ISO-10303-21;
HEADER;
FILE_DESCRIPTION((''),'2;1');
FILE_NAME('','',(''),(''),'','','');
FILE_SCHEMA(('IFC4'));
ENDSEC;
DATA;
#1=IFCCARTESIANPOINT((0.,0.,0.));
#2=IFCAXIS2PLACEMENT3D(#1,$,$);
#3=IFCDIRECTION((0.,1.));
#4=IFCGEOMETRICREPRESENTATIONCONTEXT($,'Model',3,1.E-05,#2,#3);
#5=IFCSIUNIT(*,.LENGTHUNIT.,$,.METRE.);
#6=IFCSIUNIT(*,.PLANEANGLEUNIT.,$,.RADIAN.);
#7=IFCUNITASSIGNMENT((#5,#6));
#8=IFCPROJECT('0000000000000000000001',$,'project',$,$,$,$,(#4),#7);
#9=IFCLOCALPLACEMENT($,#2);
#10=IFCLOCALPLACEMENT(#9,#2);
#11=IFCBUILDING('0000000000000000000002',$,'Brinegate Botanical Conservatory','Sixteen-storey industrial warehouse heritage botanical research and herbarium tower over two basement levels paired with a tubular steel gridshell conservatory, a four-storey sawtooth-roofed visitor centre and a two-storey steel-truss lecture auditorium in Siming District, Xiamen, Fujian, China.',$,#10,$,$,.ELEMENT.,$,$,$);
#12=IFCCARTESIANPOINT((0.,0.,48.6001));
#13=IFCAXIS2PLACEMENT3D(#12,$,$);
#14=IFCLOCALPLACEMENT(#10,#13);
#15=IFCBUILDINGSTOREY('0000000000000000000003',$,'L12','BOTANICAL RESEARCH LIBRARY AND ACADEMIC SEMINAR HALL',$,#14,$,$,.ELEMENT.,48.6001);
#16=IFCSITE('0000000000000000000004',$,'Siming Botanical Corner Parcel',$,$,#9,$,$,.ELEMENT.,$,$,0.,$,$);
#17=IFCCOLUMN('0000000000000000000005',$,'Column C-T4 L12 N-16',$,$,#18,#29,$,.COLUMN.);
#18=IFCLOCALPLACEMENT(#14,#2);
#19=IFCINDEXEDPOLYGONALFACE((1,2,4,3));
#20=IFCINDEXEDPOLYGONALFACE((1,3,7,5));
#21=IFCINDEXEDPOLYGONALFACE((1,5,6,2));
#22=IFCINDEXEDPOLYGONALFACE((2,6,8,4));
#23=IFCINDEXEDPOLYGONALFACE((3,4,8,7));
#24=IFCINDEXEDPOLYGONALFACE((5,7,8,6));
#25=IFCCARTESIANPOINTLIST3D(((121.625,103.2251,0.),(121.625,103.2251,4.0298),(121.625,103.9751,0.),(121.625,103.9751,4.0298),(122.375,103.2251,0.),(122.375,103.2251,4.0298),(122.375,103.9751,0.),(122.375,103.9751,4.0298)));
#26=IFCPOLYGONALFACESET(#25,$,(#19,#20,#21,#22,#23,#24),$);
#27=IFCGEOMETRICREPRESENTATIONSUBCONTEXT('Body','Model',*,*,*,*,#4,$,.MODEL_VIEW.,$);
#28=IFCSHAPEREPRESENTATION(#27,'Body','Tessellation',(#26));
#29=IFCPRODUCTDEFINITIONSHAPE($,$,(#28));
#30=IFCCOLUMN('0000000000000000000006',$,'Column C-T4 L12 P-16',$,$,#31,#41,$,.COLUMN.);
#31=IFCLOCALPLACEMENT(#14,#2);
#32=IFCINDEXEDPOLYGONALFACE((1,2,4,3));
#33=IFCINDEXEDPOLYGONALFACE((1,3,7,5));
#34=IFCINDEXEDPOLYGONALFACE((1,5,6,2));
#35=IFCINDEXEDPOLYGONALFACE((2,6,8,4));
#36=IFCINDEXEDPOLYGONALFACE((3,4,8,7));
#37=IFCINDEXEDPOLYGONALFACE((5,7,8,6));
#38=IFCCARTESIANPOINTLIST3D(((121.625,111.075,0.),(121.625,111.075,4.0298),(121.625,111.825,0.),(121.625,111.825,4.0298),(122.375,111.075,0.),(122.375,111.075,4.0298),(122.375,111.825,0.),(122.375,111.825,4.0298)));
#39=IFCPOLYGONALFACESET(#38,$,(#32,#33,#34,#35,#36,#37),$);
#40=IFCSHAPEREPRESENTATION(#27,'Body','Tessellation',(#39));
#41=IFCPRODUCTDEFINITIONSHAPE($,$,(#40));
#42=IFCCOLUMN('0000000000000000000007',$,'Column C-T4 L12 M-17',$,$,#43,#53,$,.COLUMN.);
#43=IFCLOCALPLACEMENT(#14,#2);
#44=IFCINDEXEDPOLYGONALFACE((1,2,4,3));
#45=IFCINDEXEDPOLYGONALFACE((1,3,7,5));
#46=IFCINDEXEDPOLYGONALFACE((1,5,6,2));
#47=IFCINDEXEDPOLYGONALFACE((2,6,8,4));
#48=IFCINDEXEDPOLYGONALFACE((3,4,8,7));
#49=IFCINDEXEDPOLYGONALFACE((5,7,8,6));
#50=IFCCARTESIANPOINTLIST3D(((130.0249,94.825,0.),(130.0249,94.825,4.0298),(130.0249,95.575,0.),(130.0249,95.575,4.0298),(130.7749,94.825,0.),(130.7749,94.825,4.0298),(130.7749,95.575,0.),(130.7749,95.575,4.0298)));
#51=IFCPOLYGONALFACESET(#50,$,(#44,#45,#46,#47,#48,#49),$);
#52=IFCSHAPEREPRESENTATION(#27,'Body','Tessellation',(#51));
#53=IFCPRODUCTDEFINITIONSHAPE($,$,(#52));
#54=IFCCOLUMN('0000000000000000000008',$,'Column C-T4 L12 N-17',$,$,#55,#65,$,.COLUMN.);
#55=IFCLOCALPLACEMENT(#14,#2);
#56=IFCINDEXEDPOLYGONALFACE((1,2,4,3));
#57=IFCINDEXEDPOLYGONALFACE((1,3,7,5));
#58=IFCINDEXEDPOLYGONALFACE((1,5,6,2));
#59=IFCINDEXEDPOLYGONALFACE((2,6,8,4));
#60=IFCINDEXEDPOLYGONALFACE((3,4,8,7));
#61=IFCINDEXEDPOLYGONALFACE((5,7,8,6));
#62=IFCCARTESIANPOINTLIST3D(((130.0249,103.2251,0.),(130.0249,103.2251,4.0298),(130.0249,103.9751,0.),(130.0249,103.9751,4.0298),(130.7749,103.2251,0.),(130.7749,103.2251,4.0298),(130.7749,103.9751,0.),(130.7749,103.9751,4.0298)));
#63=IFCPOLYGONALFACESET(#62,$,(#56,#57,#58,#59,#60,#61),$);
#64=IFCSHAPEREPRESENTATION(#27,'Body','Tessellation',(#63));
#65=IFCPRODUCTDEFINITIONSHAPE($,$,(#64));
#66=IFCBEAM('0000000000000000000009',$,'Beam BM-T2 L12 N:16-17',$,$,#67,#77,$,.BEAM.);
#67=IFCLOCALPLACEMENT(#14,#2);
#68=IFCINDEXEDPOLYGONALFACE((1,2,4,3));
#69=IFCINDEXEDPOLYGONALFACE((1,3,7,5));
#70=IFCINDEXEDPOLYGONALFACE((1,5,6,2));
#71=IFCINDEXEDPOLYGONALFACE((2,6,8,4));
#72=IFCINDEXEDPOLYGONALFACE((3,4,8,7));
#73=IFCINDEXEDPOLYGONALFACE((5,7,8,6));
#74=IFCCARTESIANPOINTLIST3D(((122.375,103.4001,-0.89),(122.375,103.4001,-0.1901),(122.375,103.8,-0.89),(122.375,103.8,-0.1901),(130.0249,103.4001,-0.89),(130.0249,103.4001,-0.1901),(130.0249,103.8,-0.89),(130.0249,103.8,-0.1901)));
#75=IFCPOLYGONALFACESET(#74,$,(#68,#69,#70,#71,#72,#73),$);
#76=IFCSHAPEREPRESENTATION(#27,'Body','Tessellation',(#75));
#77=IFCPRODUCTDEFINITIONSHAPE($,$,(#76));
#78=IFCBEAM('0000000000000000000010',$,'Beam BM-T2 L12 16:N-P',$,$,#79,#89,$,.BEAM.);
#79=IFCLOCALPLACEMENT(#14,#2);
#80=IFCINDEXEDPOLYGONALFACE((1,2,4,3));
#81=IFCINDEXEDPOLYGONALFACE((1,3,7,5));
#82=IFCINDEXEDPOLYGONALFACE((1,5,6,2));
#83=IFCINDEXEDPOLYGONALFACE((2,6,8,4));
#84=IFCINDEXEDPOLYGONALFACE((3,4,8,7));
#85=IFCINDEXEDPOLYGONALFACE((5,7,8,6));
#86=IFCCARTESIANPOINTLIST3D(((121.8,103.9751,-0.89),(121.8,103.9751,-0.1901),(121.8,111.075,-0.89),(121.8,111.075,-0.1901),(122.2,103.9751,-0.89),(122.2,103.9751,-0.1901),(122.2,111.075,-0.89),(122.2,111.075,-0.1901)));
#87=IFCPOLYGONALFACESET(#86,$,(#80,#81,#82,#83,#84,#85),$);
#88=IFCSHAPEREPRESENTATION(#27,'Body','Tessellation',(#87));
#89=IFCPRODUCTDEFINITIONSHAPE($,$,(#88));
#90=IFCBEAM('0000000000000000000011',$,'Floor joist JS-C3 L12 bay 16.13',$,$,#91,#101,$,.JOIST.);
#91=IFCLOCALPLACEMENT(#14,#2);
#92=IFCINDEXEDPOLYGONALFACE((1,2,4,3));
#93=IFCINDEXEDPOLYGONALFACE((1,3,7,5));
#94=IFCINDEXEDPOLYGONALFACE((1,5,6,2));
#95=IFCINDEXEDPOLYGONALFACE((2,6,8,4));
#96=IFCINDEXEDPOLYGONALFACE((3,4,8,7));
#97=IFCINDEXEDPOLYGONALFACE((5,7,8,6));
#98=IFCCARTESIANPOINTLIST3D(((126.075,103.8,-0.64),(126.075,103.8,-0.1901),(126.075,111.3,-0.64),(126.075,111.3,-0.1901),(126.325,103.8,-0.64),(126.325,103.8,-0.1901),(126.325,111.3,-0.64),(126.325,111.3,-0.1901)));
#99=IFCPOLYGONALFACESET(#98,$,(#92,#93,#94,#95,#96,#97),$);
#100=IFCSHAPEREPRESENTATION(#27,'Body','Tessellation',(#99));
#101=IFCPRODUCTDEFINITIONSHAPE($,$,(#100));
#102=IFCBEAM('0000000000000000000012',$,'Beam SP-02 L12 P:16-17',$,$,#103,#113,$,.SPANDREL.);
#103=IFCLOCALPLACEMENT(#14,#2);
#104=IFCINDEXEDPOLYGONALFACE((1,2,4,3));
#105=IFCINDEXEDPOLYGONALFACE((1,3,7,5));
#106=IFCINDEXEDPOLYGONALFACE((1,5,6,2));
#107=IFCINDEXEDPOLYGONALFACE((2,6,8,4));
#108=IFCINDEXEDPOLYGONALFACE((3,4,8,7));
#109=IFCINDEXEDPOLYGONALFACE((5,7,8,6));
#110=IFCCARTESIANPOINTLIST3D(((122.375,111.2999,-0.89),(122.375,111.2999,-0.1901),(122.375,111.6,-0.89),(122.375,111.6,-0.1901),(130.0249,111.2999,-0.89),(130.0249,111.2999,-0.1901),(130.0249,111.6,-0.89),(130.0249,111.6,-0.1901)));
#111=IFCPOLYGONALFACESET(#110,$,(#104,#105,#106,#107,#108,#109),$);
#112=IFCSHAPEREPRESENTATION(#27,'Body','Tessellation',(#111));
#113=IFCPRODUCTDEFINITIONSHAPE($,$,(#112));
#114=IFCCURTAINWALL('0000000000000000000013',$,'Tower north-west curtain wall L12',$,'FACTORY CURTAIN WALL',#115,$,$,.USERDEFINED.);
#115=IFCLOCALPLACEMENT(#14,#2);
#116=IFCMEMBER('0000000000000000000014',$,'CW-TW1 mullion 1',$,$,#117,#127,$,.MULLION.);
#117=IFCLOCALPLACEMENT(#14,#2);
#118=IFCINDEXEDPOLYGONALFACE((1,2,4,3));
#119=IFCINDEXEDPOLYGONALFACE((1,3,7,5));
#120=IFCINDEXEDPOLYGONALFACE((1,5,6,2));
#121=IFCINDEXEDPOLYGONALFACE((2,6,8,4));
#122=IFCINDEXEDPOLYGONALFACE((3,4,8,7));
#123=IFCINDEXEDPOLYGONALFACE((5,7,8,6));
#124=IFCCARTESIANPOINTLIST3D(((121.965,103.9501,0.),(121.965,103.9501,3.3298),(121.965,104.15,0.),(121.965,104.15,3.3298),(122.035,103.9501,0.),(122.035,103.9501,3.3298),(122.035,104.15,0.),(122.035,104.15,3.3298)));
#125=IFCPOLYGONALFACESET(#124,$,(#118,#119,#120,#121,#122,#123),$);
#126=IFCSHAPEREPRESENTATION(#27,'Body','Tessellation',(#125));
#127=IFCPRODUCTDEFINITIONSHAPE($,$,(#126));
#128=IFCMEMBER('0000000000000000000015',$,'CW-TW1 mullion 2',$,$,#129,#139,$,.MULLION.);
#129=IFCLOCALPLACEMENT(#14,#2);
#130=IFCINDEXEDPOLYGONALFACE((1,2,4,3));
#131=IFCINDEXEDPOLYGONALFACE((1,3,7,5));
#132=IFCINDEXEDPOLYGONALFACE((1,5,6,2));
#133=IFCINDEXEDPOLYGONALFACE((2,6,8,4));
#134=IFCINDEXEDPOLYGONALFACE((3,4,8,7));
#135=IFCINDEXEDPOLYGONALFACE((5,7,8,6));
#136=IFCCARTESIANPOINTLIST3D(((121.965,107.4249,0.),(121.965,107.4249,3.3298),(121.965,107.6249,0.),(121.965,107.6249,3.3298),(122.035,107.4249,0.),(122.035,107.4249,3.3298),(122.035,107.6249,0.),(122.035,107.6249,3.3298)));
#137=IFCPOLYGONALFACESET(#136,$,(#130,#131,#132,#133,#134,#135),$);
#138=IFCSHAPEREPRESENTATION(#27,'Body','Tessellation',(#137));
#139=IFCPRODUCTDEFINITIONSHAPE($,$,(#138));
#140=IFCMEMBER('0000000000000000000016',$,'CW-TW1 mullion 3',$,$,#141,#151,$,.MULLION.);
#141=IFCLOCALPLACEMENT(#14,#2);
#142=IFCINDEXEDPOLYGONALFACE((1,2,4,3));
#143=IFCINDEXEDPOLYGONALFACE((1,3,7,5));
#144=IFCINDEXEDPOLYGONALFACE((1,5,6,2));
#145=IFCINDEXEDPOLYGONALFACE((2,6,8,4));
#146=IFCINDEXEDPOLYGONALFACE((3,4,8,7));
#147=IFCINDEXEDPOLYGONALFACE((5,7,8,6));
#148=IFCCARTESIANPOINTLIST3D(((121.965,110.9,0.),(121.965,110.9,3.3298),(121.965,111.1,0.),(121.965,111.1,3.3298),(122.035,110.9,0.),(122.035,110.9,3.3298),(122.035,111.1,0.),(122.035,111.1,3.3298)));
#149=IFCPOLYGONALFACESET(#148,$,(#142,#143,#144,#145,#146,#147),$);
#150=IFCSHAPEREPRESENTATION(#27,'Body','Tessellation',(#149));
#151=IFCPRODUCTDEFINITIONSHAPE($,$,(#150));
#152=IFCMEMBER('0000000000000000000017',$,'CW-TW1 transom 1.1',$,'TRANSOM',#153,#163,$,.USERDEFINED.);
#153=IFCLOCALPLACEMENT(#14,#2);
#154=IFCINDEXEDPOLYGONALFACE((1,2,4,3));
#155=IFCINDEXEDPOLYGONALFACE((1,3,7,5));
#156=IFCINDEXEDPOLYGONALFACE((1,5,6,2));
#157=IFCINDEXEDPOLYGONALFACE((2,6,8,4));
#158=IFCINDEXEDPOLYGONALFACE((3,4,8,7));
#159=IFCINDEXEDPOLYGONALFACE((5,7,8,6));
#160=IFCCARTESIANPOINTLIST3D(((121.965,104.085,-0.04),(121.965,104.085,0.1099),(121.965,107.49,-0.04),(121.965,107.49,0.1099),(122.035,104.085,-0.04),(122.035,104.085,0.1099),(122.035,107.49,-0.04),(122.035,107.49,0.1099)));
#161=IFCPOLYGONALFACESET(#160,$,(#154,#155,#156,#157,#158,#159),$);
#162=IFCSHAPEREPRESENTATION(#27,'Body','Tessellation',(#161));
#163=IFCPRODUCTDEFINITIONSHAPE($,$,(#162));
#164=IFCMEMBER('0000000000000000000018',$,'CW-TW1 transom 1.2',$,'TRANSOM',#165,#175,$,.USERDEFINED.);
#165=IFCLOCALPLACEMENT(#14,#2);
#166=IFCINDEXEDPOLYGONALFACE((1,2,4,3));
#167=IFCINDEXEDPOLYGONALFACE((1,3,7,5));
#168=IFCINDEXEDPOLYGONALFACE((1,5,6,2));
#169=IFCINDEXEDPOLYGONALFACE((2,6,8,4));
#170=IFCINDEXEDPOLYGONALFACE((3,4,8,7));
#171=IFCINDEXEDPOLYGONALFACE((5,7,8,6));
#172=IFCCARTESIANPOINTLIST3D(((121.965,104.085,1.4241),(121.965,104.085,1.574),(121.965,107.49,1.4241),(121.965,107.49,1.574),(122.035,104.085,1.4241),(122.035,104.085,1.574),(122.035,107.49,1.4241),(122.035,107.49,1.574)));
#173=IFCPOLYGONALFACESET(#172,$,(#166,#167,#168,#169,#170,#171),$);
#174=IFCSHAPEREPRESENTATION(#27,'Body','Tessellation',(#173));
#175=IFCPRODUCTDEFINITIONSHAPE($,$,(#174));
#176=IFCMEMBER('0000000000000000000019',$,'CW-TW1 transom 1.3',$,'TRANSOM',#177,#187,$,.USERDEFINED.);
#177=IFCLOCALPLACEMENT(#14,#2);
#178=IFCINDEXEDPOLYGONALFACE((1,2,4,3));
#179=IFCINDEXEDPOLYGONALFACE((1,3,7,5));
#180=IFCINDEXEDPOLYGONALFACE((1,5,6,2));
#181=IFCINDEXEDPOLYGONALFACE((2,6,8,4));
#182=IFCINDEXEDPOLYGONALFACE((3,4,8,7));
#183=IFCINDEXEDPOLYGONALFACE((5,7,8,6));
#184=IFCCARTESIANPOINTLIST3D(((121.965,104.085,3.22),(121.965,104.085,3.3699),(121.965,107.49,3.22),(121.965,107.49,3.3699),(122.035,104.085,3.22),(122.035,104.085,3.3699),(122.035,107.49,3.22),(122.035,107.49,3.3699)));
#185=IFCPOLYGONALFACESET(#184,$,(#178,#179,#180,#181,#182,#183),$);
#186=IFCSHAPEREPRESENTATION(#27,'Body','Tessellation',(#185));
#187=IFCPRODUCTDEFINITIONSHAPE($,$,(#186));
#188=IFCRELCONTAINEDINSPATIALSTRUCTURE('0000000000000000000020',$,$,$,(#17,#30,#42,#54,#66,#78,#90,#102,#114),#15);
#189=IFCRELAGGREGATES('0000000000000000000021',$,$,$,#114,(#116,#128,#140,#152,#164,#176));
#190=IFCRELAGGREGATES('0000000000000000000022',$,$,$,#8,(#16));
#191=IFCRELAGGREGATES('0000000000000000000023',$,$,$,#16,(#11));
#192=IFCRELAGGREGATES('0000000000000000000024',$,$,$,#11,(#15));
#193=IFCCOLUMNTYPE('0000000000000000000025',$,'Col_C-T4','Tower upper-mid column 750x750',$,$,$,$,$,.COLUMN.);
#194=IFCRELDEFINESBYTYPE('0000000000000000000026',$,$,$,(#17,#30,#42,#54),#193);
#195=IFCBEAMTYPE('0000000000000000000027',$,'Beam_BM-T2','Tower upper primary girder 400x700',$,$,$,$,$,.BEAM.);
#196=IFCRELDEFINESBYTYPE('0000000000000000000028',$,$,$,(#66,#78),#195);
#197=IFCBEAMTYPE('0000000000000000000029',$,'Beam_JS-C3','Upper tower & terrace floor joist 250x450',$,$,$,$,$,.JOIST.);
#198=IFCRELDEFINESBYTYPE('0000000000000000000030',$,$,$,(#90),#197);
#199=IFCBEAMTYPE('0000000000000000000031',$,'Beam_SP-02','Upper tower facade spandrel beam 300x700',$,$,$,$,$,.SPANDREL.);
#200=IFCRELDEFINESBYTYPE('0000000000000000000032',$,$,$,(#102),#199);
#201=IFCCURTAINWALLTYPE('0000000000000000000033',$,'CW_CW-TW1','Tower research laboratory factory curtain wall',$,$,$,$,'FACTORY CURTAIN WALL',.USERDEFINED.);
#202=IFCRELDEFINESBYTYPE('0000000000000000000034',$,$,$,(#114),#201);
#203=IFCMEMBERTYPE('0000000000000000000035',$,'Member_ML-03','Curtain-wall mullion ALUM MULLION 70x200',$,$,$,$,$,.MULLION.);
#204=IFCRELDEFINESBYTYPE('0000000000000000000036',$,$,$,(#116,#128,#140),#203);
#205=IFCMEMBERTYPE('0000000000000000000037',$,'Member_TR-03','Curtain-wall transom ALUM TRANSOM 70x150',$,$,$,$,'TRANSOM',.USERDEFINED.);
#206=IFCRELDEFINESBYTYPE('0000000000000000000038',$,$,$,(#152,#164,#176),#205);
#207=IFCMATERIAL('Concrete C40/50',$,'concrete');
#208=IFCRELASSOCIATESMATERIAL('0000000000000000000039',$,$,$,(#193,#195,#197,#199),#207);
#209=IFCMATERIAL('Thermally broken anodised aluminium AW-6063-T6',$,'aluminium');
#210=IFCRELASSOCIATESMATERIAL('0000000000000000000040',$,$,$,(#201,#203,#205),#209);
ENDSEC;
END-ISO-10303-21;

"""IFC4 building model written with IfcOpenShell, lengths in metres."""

from ifc_helpers import new_model, si_unit, direction, frame, origin, origin_2d, place, context, subcontext, project, spatial, rectangle, extrude, material, material_profile, profile_set, type_object, element, aggregate, save


model = new_model("IFC4")

# Units and contexts
model_context = context("Model", 3, precision=1e-05, world=origin(), true_north=direction((0.0, 1.0)))
body_context = subcontext(model_context, "Body", "Model", "MODEL_VIEW")
ifc_project = project(units=[si_unit("LENGTHUNIT", "METRE"), si_unit("PLANEANGLEUNIT", "RADIAN")], contexts=[model_context])

# Site, building, storey
site_placement = place(None, origin())
site = spatial("IfcSite", under=ifc_project, at=site_placement, Name="Siming Botanical Corner Parcel", CompositionType="ELEMENT", RefElevation=0.0)
building_placement = place(site_placement, origin())
building = spatial("IfcBuilding", under=site, at=building_placement, Name="Brinegate Botanical Conservatory", Description="Sixteen-storey industrial warehouse heritage botanical research and herbarium tower over two basement levels paired with a tubular steel gridshell conservatory, a four-storey sawtooth-roofed visitor centre and a two-storey steel-truss lecture auditorium in Siming District, Xiamen, Fujian, China.", CompositionType="ELEMENT")
storey_placement = place(building_placement, frame((0.0, 0.0, 48.6001)))
storey = spatial("IfcBuildingStorey", under=building, at=storey_placement, Name="L12", Description="BOTANICAL RESEARCH LIBRARY AND ACADEMIC SEMINAR HALL", CompositionType="ELEMENT", Elevation=48.6001)

# Columns
ifc_material_1 = material(Name="Concrete C40/50", Category="concrete")
ifc_material_profile_1 = material_profile(ifc_material_1, rectangle(XDim=0.75, YDim=0.75, at=origin_2d()), Name="RC COL 750x750")
ifc_profile_set_1 = profile_set([ifc_material_profile_1], Name="Concrete C40/50")
column_type = type_object("IfcColumnType", Name="Col_C-T4", Description="Tower upper-mid column 750x750", PredefinedType="COLUMN", material=ifc_profile_set_1)
for number, where, z_axis, x_axis, name in (
    (1, (122.0, 103.6001, 0.0), (0.0, 0.0, 1.0), (1.0, 0.0, 0.0), "Column C-T4 L12 N-16"),
    (2, (122.0, 111.45, 0.0), (0.0, 0.0, 1.0), (1.0, 0.0, 0.0), "Column C-T4 L12 P-16"),
    (3, (130.3999, 95.2, 0.0), (0.0, 0.0, 1.0), (1.0, 0.0, 0.0), "Column C-T4 L12 M-17"),
    (4, (130.3999, 103.6001, 0.0), (0.0, 0.0, 1.0), (1.0, 0.0, 0.0), "Column C-T4 L12 N-17"),
):
    element("IfcColumn", number, at=place(storey_placement, frame(where, z_axis=z_axis, x_axis=x_axis)), inside=storey, type_object=column_type, Name=name, PredefinedType="COLUMN", context=body_context, shape_type="SweptSolid", body=[
        extrude(rectangle(XDim=0.75, YDim=0.75, at=origin_2d()), origin(), (0.0, 0.0, 1.0), 4.0298),
    ])

# Beams
ifc_material_profile_2 = material_profile(ifc_material_1, rectangle(XDim=0.3999, YDim=0.7, at=origin_2d()), Name="RC BM 400x700")
ifc_profile_set_2 = profile_set([ifc_material_profile_2], Name="Concrete C40/50")
beam_type_1 = type_object("IfcBeamType", Name="Beam_BM-T2", Description="Tower upper primary girder 400x700", PredefinedType="BEAM", material=ifc_profile_set_2)
beam_1_placement = place(storey_placement, frame((122.375, 103.6001, -0.54), z_axis=(1.0, 0.0, 0.0), x_axis=(0.0, 1.0, 0.0)))
element("IfcBeam", 5, at=beam_1_placement, inside=storey, type_object=beam_type_1, Name="Beam BM-T2 L12 N:16-17", PredefinedType="BEAM", context=body_context, shape_type="SweptSolid", body=[
    extrude(rectangle(XDim=0.3999, YDim=0.7, at=origin_2d()), origin(), (0.0, 0.0, 1.0), 7.6499),
])
beam_2_placement = place(storey_placement, frame((122.0, 103.9751, -0.54), z_axis=(0.0, 1.0, 0.0), x_axis=(-1.0, 0.0, 0.0)))
element("IfcBeam", 6, at=beam_2_placement, inside=storey, type_object=beam_type_1, Name="Beam BM-T2 L12 16:N-P", PredefinedType="BEAM", context=body_context, shape_type="SweptSolid", body=[
    extrude(rectangle(XDim=0.3999, YDim=0.7, at=origin_2d()), origin(), (0.0, 0.0, 1.0), 7.0999),
])
ifc_material_profile_3 = material_profile(ifc_material_1, rectangle(XDim=0.25, YDim=0.45, at=origin_2d()), Name="RC JST 250x450")
ifc_profile_set_3 = profile_set([ifc_material_profile_3], Name="Concrete C40/50")
beam_type_2 = type_object("IfcBeamType", Name="Beam_JS-C3", Description="Upper tower & terrace floor joist 250x450", PredefinedType="JOIST", material=ifc_profile_set_3)
beam_3_placement = place(storey_placement, frame((126.2, 103.8, -0.415), z_axis=(0.0, 1.0, 0.0), x_axis=(-1.0, 0.0, 0.0)))
element("IfcBeam", 7, at=beam_3_placement, inside=storey, type_object=beam_type_2, Name="Floor joist JS-C3 L12 bay 16.13", PredefinedType="JOIST", context=body_context, shape_type="SweptSolid", body=[
    extrude(rectangle(XDim=0.25, YDim=0.45, at=origin_2d()), origin(), (0.0, 0.0, 1.0), 7.5),
])
ifc_material_profile_4 = material_profile(ifc_material_1, rectangle(XDim=0.3, YDim=0.7, at=origin_2d()), Name="RC SPN 300x700")
ifc_profile_set_4 = profile_set([ifc_material_profile_4], Name="Concrete C40/50")
beam_type_3 = type_object("IfcBeamType", Name="Beam_SP-02", Description="Upper tower facade spandrel beam 300x700", PredefinedType="SPANDREL", material=ifc_profile_set_4)
beam_4_placement = place(storey_placement, frame((122.375, 111.45, -0.54), z_axis=(1.0, 0.0, 0.0), x_axis=(0.0, 1.0, 0.0)))
element("IfcBeam", 8, at=beam_4_placement, inside=storey, type_object=beam_type_3, Name="Beam SP-02 L12 P:16-17", PredefinedType="SPANDREL", context=body_context, shape_type="SweptSolid", body=[
    extrude(rectangle(XDim=0.3, YDim=0.7, at=origin_2d()), origin(), (0.0, 0.0, 1.0), 7.6499),
])

# Curtain wall, members
ifc_material_2 = material(Name="Thermally broken anodised aluminium AW-6063-T6", Category="aluminium")
curtain_wall_type = type_object("IfcCurtainWallType", Name="CW_CW-TW1", Description="Tower research laboratory factory curtain wall", ElementType="FACTORY CURTAIN WALL", PredefinedType="USERDEFINED", material=ifc_material_2)
curtain_wall_placement = place(storey_placement, origin())
curtain_wall = element("IfcCurtainWall", 9, at=curtain_wall_placement, inside=storey, type_object=curtain_wall_type, Name="Tower north-west curtain wall L12", ObjectType="FACTORY CURTAIN WALL", PredefinedType="USERDEFINED")
ifc_material_profile_5 = material_profile(ifc_material_2, rectangle(XDim=0.0701, YDim=0.2, at=origin_2d()), Name="ALUM MULLION 70x200")
ifc_profile_set_5 = profile_set([ifc_material_profile_5], Name="Thermally broken anodised aluminium AW-6063-T6")
member_type_1 = type_object("IfcMemberType", Name="Member_ML-03", Description="Curtain-wall mullion ALUM MULLION 70x200", PredefinedType="MULLION", material=ifc_profile_set_5)
member_1_placement = place(storey_placement, frame((122.0, 104.05, 0.0), z_axis=(0.0, 0.0, 1.0), x_axis=(-1.0, 0.0, 0.0)))
member_1 = element("IfcMember", 10, at=member_1_placement, type_object=member_type_1, Name="CW-TW1 mullion 1", PredefinedType="MULLION", context=body_context, shape_type="SweptSolid", body=[
    extrude(rectangle(XDim=0.0701, YDim=0.2, at=origin_2d()), origin(), (0.0, 0.0, 1.0), 3.3298),
])
member_2_placement = place(storey_placement, frame((122.0, 107.5249, 0.0), z_axis=(0.0, 0.0, 1.0), x_axis=(-1.0, 0.0, 0.0)))
member_2 = element("IfcMember", 11, at=member_2_placement, type_object=member_type_1, Name="CW-TW1 mullion 2", PredefinedType="MULLION", context=body_context, shape_type="SweptSolid", body=[
    extrude(rectangle(XDim=0.0701, YDim=0.2, at=origin_2d()), origin(), (0.0, 0.0, 1.0), 3.3298),
])
member_3_placement = place(storey_placement, frame((122.0, 111.0, 0.0), z_axis=(0.0, 0.0, 1.0), x_axis=(-1.0, 0.0, 0.0)))
member_3 = element("IfcMember", 12, at=member_3_placement, type_object=member_type_1, Name="CW-TW1 mullion 3", PredefinedType="MULLION", context=body_context, shape_type="SweptSolid", body=[
    extrude(rectangle(XDim=0.0701, YDim=0.2, at=origin_2d()), origin(), (0.0, 0.0, 1.0), 3.3298),
])
ifc_material_profile_6 = material_profile(ifc_material_2, rectangle(XDim=0.0701, YDim=0.1499, at=origin_2d()), Name="ALUM TRANSOM 70x150")
ifc_profile_set_6 = profile_set([ifc_material_profile_6], Name="Thermally broken anodised aluminium AW-6063-T6")
member_type_2 = type_object("IfcMemberType", Name="Member_TR-03", Description="Curtain-wall transom ALUM TRANSOM 70x150", ElementType="TRANSOM", PredefinedType="USERDEFINED", material=ifc_profile_set_6)
member_4_placement = place(storey_placement, frame((122.0, 104.085, 0.0349), z_axis=(0.0, 1.0, 0.0), x_axis=(-1.0, 0.0, 0.0)))
member_4 = element("IfcMember", 13, at=member_4_placement, type_object=member_type_2, Name="CW-TW1 transom 1.1", ObjectType="TRANSOM", PredefinedType="USERDEFINED", context=body_context, shape_type="SweptSolid", body=[
    extrude(rectangle(XDim=0.0701, YDim=0.1499, at=origin_2d()), origin(), (0.0, 0.0, 1.0), 3.405),
])
member_5_placement = place(storey_placement, frame((122.0, 104.085, 1.499), z_axis=(0.0, 1.0, 0.0), x_axis=(-1.0, 0.0, 0.0)))
member_5 = element("IfcMember", 14, at=member_5_placement, type_object=member_type_2, Name="CW-TW1 transom 1.2", ObjectType="TRANSOM", PredefinedType="USERDEFINED", context=body_context, shape_type="SweptSolid", body=[
    extrude(rectangle(XDim=0.0701, YDim=0.1499, at=origin_2d()), origin(), (0.0, 0.0, 1.0), 3.405),
])
member_6_placement = place(storey_placement, frame((122.0, 104.085, 3.2949), z_axis=(0.0, 1.0, 0.0), x_axis=(-1.0, 0.0, 0.0)))
member_6 = element("IfcMember", 15, at=member_6_placement, type_object=member_type_2, Name="CW-TW1 transom 1.3", ObjectType="TRANSOM", PredefinedType="USERDEFINED", context=body_context, shape_type="SweptSolid", body=[
    extrude(rectangle(XDim=0.0701, YDim=0.1499, at=origin_2d()), origin(), (0.0, 0.0, 1.0), 3.405),
])
aggregate(curtain_wall, [member_1, member_2, member_3, member_4, member_5, member_6])

save(model, "model.ifc")
